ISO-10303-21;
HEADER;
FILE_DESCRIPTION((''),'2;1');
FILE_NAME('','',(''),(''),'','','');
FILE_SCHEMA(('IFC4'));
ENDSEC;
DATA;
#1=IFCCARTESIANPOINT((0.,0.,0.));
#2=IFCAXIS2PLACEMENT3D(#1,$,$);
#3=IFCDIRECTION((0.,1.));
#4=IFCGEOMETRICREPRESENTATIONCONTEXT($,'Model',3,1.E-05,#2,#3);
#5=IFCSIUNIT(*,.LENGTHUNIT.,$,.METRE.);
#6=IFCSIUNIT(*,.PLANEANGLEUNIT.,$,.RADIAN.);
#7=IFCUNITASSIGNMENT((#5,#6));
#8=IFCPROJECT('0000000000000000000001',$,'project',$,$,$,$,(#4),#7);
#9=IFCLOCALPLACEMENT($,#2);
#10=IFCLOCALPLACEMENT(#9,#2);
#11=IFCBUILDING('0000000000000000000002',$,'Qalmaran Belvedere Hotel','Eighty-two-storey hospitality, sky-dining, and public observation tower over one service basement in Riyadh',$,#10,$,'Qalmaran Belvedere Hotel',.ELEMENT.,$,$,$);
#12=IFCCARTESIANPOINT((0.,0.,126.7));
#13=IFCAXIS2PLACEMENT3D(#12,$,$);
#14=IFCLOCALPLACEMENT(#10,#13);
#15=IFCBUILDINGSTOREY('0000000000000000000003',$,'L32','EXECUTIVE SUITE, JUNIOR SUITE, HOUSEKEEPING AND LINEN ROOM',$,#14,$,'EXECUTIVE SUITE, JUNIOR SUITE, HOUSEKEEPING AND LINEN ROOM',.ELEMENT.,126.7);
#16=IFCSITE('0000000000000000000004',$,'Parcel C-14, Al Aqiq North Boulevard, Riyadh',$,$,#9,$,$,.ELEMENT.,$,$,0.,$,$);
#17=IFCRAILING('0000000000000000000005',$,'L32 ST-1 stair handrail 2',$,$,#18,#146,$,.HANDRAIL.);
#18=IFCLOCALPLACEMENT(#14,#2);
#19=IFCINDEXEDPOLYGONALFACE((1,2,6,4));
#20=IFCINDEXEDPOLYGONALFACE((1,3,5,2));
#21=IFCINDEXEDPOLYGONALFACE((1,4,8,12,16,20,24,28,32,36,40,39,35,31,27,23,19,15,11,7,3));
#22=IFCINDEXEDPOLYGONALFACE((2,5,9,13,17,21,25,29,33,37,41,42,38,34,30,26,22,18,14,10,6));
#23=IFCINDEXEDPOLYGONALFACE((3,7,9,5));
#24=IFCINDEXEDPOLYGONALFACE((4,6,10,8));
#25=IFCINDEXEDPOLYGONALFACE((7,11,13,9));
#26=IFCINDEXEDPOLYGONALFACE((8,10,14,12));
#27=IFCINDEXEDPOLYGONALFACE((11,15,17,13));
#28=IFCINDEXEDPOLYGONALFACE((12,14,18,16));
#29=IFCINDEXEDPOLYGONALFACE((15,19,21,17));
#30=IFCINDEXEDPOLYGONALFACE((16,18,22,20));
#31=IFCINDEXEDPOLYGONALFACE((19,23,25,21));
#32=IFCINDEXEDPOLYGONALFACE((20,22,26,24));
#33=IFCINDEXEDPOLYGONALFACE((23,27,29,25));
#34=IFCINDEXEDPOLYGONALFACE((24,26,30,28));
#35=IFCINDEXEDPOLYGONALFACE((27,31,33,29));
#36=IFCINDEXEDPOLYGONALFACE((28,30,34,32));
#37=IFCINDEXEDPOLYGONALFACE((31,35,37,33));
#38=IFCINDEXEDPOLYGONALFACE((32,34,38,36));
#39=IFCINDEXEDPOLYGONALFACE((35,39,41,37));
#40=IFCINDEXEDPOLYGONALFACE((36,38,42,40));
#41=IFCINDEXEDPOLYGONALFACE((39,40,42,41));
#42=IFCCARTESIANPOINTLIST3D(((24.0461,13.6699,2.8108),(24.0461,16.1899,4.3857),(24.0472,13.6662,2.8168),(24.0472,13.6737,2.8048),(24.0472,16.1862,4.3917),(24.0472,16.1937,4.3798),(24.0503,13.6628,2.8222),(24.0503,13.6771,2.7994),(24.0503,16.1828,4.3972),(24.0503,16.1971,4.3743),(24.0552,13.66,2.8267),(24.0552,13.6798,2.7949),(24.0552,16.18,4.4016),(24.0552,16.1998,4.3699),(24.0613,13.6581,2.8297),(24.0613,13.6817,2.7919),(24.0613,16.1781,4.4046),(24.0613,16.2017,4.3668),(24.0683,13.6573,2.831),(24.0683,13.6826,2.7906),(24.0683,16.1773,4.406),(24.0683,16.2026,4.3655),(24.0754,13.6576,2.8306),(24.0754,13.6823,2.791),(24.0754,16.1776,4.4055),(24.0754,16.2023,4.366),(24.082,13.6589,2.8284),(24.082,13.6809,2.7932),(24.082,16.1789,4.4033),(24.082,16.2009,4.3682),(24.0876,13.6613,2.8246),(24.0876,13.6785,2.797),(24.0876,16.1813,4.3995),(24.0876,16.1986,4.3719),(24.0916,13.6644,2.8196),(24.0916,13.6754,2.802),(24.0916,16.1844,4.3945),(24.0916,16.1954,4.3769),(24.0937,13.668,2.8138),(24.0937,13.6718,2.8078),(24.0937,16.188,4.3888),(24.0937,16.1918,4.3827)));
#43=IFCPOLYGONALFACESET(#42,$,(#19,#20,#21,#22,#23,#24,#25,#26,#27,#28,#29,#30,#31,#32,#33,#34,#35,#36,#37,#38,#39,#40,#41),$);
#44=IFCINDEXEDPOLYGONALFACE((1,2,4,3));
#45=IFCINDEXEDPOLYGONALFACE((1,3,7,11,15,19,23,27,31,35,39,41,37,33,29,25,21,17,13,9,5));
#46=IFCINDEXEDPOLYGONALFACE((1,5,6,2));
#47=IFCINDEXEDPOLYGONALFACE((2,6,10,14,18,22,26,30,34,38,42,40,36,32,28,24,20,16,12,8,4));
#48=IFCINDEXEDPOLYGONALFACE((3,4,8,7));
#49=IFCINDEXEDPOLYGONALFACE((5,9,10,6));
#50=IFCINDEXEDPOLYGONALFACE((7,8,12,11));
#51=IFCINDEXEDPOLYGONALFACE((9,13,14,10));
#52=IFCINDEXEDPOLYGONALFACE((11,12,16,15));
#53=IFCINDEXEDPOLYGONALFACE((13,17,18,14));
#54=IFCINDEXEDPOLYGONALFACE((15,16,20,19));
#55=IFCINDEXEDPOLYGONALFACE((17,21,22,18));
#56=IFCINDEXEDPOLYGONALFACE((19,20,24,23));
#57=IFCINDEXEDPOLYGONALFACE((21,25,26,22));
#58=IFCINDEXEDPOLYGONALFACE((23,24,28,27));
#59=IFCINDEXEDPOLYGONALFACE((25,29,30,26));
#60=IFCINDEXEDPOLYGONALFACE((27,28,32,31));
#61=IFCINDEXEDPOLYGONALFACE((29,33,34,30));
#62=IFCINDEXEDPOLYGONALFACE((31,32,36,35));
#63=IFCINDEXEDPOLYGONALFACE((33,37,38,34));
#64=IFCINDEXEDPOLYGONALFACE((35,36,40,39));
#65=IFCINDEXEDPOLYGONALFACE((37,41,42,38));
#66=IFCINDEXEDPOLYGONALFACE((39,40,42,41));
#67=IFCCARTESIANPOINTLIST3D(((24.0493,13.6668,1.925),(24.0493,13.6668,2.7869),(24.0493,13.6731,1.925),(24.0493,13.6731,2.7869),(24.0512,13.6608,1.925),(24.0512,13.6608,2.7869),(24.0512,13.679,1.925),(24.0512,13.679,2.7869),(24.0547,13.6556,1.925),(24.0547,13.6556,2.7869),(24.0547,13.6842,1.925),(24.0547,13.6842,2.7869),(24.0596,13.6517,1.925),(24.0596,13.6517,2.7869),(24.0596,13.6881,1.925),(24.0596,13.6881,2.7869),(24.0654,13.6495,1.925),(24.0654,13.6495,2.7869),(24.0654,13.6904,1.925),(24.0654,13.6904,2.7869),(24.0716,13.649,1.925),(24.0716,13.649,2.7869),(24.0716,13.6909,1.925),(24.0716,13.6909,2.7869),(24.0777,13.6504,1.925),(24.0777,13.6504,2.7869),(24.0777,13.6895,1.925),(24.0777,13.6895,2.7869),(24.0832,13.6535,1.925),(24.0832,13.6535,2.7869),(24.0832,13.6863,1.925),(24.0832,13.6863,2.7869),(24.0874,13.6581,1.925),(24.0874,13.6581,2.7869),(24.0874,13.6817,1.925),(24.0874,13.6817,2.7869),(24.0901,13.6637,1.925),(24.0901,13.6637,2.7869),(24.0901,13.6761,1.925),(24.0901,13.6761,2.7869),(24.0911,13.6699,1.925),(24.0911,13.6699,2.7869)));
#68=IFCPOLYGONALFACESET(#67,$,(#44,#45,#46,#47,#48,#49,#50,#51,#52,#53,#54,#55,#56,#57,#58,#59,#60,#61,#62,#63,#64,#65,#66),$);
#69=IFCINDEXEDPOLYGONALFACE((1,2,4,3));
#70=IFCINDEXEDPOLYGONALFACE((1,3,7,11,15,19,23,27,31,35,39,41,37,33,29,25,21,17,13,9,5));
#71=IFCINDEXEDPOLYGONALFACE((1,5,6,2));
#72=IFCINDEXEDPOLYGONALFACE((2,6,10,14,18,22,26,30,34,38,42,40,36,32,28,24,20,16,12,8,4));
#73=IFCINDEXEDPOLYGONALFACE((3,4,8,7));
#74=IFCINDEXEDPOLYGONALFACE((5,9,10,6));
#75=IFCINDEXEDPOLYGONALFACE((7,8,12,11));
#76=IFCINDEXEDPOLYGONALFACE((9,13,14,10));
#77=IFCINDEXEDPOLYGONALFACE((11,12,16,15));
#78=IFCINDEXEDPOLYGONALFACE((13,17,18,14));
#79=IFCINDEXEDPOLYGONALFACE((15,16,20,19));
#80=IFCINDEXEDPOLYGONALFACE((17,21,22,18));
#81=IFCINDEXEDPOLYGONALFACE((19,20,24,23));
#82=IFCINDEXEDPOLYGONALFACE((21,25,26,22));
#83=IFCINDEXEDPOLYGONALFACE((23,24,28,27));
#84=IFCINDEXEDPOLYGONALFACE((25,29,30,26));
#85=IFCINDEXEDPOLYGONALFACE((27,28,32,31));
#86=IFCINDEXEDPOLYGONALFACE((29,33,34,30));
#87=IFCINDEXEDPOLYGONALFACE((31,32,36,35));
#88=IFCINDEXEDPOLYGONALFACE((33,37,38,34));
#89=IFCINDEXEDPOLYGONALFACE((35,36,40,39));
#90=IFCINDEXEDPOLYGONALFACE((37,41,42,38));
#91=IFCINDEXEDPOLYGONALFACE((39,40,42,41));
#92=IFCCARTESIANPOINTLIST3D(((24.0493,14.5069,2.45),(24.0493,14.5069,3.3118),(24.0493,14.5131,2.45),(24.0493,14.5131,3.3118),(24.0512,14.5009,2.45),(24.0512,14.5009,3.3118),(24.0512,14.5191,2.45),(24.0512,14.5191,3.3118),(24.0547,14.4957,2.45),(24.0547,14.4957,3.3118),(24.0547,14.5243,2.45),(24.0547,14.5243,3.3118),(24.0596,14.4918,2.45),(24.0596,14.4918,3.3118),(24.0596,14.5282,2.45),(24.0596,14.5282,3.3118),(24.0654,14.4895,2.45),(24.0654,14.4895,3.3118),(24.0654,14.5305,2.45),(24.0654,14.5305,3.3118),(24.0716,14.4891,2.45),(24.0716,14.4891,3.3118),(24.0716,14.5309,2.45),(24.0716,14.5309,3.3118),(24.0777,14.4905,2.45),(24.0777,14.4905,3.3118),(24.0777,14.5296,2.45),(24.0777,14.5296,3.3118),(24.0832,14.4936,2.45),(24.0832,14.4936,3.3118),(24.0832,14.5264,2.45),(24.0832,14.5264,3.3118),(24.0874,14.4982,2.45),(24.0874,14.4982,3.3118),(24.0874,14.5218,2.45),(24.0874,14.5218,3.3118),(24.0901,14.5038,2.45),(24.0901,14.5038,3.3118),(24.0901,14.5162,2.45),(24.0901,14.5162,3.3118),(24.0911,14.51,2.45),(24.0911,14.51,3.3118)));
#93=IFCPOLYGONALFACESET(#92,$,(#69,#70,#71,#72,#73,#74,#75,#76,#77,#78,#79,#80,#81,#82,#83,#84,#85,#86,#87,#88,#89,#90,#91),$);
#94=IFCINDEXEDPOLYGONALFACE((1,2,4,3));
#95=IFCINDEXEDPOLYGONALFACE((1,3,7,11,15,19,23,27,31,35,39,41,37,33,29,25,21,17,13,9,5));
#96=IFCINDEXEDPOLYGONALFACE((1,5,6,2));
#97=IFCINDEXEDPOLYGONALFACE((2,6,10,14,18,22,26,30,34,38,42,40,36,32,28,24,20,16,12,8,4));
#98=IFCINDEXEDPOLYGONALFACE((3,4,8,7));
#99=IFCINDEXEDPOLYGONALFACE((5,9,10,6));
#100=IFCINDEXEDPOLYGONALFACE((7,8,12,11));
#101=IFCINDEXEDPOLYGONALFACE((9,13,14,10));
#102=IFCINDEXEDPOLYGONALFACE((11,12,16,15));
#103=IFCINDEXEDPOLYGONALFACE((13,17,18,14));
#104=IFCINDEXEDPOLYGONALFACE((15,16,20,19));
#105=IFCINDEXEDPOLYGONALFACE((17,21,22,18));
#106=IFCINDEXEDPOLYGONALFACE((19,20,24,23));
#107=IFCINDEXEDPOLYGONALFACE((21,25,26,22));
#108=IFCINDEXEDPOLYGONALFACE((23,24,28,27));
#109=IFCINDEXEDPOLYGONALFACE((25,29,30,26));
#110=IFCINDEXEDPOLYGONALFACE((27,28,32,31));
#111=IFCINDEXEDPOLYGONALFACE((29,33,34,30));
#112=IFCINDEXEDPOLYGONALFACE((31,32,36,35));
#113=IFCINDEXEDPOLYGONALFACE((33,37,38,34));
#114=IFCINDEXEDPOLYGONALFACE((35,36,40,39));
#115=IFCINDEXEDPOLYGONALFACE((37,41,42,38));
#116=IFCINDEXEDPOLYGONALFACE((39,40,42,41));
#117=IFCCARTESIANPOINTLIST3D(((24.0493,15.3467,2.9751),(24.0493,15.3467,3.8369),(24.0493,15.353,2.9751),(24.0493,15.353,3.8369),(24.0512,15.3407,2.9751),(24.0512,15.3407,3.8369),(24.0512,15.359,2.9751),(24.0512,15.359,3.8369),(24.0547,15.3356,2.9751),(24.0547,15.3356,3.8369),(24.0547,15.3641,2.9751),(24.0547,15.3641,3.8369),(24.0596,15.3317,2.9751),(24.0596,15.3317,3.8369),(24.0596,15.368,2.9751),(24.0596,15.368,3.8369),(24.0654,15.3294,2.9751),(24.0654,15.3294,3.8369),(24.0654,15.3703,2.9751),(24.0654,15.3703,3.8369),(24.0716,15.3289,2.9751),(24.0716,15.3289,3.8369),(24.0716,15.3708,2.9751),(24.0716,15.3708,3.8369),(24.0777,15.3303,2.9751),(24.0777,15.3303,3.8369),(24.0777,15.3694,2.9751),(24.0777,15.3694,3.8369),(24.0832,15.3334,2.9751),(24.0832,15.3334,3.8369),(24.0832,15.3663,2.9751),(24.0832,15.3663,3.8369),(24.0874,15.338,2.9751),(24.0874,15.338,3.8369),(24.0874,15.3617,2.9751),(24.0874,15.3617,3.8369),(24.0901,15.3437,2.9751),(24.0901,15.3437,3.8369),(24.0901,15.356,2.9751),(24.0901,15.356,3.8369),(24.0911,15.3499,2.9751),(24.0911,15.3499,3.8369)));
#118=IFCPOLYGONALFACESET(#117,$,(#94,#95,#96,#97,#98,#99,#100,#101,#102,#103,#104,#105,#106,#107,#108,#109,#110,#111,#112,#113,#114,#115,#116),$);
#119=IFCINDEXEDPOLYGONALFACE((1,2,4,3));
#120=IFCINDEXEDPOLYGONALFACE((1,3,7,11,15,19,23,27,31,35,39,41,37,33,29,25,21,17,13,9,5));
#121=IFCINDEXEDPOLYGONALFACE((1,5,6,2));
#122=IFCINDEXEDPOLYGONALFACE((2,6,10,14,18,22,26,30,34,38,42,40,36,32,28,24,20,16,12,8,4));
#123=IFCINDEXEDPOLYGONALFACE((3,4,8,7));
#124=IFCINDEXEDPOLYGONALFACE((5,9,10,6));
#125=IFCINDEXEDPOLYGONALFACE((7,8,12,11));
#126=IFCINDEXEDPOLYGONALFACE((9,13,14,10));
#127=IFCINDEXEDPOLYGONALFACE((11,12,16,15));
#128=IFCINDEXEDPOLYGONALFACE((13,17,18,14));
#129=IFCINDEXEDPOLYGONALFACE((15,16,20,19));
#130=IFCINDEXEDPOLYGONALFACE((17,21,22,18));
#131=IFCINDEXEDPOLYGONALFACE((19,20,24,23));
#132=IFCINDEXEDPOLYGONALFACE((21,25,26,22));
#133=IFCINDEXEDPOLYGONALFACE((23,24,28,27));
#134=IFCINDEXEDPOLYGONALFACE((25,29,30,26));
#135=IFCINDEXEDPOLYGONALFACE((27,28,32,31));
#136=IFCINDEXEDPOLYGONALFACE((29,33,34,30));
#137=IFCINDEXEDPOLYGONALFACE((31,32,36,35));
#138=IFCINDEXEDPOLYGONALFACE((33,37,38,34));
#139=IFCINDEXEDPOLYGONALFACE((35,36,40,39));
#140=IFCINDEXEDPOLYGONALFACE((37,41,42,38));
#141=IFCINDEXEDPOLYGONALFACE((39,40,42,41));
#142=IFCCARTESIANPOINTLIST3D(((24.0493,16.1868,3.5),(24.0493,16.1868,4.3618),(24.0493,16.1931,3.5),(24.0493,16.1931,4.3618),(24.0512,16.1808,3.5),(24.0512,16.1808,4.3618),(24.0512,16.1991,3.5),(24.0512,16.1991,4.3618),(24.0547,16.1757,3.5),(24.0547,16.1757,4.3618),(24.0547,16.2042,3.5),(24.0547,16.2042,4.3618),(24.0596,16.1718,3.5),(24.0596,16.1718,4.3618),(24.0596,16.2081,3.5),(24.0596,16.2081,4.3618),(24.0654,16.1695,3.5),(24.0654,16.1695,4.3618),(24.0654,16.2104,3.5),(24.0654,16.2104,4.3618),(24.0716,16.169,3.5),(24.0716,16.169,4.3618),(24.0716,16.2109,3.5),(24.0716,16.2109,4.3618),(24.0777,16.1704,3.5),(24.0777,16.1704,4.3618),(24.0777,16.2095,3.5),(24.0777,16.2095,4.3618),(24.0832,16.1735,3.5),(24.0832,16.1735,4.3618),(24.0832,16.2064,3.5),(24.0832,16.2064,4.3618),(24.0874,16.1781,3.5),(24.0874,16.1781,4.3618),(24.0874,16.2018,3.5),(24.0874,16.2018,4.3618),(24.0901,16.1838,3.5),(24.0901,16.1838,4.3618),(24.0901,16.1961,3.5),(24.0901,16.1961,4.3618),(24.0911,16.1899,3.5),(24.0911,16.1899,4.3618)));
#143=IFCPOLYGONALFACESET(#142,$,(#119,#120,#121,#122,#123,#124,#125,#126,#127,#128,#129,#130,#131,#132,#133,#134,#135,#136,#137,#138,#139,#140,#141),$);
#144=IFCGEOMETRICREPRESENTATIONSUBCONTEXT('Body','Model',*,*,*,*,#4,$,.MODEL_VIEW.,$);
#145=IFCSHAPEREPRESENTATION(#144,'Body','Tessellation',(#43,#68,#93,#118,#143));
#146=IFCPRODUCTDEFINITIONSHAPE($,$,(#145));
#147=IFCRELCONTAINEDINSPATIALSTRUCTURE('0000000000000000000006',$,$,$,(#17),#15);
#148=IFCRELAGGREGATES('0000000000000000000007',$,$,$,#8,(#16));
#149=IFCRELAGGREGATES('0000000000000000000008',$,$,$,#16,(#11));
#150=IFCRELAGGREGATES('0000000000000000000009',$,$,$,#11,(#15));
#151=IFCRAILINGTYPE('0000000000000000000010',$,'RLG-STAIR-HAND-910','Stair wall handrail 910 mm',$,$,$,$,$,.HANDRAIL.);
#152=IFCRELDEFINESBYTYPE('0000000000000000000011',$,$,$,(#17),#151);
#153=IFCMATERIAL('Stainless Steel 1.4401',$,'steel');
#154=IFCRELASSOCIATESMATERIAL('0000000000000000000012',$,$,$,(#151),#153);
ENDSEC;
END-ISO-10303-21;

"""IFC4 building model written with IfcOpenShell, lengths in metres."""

from ifc_helpers import new_model, si_unit, direction, frame, origin, origin_2d, place, context, subcontext, project, spatial, circle, extrude, material, type_object, element, save


model = new_model("IFC4")

# Units and contexts
model_context = context("Model", 3, precision=1e-05, world=origin(), true_north=direction((0.0, 1.0)))
body_context = subcontext(model_context, "Body", "Model", "MODEL_VIEW")
ifc_project = project(units=[si_unit("LENGTHUNIT", "METRE"), si_unit("PLANEANGLEUNIT", "RADIAN")], contexts=[model_context])

# Site, building, storey
site_placement = place(None, origin())
site = spatial("IfcSite", under=ifc_project, at=site_placement, Name="Parcel C-14, Al Aqiq North Boulevard, Riyadh", CompositionType="ELEMENT", RefElevation=0.0)
building_placement = place(site_placement, origin())
building = spatial("IfcBuilding", under=site, at=building_placement, Name="Qalmaran Belvedere Hotel", Description="Eighty-two-storey hospitality, sky-dining, and public observation tower over one service basement in Riyadh", LongName="Qalmaran Belvedere Hotel", CompositionType="ELEMENT")
storey_placement = place(building_placement, frame((0.0, 0.0, 126.7)))
storey = spatial("IfcBuildingStorey", under=building, at=storey_placement, Name="L32", Description="EXECUTIVE SUITE, JUNIOR SUITE, HOUSEKEEPING AND LINEN ROOM", LongName="EXECUTIVE SUITE, JUNIOR SUITE, HOUSEKEEPING AND LINEN ROOM", CompositionType="ELEMENT", Elevation=126.7)

# Railing
ifc_material_1 = material(Name="Stainless Steel 1.4401", Category="steel")
railing_type_1 = type_object("IfcRailingType", Name="RLG-STAIR-HAND-910", Description="Stair wall handrail 910 mm", PredefinedType="HANDRAIL", material=ifc_material_1)
railing_1_placement = place(storey_placement, frame((24.0701, 13.6699, 1.925)))
element("IfcRailing", 1, at=railing_1_placement, inside=storey, type_object=railing_type_1, Name="L32 ST-1 stair handrail 2", PredefinedType="HANDRAIL", context=body_context, shape_type="SweptSolid", body=[
    extrude(circle(Radius=0.0239, at=origin_2d()), frame((0.0, 0.0, 0.8857), z_axis=(0.0, 0.848008, 0.529984), x_axis=(-1.0, 0.0, 0.0)), (0.0, 0.0, 1.0), 2.9717),
    extrude(circle(Radius=0.021, at=origin_2d()), origin(), (0.0, 0.0, 1.0), 0.8618),
    extrude(circle(Radius=0.021, at=origin_2d()), frame((0.0, 0.8401, 0.5249)), (0.0, 0.0, 1.0), 0.8618),
    extrude(circle(Radius=0.021, at=origin_2d()), frame((0.0, 1.6799, 1.05)), (0.0, 0.0, 1.0), 0.8618),
    extrude(circle(Radius=0.021, at=origin_2d()), frame((0.0, 2.52, 1.575)), (0.0, 0.0, 1.0), 0.8618),
])

save(model, "model.ifc")
